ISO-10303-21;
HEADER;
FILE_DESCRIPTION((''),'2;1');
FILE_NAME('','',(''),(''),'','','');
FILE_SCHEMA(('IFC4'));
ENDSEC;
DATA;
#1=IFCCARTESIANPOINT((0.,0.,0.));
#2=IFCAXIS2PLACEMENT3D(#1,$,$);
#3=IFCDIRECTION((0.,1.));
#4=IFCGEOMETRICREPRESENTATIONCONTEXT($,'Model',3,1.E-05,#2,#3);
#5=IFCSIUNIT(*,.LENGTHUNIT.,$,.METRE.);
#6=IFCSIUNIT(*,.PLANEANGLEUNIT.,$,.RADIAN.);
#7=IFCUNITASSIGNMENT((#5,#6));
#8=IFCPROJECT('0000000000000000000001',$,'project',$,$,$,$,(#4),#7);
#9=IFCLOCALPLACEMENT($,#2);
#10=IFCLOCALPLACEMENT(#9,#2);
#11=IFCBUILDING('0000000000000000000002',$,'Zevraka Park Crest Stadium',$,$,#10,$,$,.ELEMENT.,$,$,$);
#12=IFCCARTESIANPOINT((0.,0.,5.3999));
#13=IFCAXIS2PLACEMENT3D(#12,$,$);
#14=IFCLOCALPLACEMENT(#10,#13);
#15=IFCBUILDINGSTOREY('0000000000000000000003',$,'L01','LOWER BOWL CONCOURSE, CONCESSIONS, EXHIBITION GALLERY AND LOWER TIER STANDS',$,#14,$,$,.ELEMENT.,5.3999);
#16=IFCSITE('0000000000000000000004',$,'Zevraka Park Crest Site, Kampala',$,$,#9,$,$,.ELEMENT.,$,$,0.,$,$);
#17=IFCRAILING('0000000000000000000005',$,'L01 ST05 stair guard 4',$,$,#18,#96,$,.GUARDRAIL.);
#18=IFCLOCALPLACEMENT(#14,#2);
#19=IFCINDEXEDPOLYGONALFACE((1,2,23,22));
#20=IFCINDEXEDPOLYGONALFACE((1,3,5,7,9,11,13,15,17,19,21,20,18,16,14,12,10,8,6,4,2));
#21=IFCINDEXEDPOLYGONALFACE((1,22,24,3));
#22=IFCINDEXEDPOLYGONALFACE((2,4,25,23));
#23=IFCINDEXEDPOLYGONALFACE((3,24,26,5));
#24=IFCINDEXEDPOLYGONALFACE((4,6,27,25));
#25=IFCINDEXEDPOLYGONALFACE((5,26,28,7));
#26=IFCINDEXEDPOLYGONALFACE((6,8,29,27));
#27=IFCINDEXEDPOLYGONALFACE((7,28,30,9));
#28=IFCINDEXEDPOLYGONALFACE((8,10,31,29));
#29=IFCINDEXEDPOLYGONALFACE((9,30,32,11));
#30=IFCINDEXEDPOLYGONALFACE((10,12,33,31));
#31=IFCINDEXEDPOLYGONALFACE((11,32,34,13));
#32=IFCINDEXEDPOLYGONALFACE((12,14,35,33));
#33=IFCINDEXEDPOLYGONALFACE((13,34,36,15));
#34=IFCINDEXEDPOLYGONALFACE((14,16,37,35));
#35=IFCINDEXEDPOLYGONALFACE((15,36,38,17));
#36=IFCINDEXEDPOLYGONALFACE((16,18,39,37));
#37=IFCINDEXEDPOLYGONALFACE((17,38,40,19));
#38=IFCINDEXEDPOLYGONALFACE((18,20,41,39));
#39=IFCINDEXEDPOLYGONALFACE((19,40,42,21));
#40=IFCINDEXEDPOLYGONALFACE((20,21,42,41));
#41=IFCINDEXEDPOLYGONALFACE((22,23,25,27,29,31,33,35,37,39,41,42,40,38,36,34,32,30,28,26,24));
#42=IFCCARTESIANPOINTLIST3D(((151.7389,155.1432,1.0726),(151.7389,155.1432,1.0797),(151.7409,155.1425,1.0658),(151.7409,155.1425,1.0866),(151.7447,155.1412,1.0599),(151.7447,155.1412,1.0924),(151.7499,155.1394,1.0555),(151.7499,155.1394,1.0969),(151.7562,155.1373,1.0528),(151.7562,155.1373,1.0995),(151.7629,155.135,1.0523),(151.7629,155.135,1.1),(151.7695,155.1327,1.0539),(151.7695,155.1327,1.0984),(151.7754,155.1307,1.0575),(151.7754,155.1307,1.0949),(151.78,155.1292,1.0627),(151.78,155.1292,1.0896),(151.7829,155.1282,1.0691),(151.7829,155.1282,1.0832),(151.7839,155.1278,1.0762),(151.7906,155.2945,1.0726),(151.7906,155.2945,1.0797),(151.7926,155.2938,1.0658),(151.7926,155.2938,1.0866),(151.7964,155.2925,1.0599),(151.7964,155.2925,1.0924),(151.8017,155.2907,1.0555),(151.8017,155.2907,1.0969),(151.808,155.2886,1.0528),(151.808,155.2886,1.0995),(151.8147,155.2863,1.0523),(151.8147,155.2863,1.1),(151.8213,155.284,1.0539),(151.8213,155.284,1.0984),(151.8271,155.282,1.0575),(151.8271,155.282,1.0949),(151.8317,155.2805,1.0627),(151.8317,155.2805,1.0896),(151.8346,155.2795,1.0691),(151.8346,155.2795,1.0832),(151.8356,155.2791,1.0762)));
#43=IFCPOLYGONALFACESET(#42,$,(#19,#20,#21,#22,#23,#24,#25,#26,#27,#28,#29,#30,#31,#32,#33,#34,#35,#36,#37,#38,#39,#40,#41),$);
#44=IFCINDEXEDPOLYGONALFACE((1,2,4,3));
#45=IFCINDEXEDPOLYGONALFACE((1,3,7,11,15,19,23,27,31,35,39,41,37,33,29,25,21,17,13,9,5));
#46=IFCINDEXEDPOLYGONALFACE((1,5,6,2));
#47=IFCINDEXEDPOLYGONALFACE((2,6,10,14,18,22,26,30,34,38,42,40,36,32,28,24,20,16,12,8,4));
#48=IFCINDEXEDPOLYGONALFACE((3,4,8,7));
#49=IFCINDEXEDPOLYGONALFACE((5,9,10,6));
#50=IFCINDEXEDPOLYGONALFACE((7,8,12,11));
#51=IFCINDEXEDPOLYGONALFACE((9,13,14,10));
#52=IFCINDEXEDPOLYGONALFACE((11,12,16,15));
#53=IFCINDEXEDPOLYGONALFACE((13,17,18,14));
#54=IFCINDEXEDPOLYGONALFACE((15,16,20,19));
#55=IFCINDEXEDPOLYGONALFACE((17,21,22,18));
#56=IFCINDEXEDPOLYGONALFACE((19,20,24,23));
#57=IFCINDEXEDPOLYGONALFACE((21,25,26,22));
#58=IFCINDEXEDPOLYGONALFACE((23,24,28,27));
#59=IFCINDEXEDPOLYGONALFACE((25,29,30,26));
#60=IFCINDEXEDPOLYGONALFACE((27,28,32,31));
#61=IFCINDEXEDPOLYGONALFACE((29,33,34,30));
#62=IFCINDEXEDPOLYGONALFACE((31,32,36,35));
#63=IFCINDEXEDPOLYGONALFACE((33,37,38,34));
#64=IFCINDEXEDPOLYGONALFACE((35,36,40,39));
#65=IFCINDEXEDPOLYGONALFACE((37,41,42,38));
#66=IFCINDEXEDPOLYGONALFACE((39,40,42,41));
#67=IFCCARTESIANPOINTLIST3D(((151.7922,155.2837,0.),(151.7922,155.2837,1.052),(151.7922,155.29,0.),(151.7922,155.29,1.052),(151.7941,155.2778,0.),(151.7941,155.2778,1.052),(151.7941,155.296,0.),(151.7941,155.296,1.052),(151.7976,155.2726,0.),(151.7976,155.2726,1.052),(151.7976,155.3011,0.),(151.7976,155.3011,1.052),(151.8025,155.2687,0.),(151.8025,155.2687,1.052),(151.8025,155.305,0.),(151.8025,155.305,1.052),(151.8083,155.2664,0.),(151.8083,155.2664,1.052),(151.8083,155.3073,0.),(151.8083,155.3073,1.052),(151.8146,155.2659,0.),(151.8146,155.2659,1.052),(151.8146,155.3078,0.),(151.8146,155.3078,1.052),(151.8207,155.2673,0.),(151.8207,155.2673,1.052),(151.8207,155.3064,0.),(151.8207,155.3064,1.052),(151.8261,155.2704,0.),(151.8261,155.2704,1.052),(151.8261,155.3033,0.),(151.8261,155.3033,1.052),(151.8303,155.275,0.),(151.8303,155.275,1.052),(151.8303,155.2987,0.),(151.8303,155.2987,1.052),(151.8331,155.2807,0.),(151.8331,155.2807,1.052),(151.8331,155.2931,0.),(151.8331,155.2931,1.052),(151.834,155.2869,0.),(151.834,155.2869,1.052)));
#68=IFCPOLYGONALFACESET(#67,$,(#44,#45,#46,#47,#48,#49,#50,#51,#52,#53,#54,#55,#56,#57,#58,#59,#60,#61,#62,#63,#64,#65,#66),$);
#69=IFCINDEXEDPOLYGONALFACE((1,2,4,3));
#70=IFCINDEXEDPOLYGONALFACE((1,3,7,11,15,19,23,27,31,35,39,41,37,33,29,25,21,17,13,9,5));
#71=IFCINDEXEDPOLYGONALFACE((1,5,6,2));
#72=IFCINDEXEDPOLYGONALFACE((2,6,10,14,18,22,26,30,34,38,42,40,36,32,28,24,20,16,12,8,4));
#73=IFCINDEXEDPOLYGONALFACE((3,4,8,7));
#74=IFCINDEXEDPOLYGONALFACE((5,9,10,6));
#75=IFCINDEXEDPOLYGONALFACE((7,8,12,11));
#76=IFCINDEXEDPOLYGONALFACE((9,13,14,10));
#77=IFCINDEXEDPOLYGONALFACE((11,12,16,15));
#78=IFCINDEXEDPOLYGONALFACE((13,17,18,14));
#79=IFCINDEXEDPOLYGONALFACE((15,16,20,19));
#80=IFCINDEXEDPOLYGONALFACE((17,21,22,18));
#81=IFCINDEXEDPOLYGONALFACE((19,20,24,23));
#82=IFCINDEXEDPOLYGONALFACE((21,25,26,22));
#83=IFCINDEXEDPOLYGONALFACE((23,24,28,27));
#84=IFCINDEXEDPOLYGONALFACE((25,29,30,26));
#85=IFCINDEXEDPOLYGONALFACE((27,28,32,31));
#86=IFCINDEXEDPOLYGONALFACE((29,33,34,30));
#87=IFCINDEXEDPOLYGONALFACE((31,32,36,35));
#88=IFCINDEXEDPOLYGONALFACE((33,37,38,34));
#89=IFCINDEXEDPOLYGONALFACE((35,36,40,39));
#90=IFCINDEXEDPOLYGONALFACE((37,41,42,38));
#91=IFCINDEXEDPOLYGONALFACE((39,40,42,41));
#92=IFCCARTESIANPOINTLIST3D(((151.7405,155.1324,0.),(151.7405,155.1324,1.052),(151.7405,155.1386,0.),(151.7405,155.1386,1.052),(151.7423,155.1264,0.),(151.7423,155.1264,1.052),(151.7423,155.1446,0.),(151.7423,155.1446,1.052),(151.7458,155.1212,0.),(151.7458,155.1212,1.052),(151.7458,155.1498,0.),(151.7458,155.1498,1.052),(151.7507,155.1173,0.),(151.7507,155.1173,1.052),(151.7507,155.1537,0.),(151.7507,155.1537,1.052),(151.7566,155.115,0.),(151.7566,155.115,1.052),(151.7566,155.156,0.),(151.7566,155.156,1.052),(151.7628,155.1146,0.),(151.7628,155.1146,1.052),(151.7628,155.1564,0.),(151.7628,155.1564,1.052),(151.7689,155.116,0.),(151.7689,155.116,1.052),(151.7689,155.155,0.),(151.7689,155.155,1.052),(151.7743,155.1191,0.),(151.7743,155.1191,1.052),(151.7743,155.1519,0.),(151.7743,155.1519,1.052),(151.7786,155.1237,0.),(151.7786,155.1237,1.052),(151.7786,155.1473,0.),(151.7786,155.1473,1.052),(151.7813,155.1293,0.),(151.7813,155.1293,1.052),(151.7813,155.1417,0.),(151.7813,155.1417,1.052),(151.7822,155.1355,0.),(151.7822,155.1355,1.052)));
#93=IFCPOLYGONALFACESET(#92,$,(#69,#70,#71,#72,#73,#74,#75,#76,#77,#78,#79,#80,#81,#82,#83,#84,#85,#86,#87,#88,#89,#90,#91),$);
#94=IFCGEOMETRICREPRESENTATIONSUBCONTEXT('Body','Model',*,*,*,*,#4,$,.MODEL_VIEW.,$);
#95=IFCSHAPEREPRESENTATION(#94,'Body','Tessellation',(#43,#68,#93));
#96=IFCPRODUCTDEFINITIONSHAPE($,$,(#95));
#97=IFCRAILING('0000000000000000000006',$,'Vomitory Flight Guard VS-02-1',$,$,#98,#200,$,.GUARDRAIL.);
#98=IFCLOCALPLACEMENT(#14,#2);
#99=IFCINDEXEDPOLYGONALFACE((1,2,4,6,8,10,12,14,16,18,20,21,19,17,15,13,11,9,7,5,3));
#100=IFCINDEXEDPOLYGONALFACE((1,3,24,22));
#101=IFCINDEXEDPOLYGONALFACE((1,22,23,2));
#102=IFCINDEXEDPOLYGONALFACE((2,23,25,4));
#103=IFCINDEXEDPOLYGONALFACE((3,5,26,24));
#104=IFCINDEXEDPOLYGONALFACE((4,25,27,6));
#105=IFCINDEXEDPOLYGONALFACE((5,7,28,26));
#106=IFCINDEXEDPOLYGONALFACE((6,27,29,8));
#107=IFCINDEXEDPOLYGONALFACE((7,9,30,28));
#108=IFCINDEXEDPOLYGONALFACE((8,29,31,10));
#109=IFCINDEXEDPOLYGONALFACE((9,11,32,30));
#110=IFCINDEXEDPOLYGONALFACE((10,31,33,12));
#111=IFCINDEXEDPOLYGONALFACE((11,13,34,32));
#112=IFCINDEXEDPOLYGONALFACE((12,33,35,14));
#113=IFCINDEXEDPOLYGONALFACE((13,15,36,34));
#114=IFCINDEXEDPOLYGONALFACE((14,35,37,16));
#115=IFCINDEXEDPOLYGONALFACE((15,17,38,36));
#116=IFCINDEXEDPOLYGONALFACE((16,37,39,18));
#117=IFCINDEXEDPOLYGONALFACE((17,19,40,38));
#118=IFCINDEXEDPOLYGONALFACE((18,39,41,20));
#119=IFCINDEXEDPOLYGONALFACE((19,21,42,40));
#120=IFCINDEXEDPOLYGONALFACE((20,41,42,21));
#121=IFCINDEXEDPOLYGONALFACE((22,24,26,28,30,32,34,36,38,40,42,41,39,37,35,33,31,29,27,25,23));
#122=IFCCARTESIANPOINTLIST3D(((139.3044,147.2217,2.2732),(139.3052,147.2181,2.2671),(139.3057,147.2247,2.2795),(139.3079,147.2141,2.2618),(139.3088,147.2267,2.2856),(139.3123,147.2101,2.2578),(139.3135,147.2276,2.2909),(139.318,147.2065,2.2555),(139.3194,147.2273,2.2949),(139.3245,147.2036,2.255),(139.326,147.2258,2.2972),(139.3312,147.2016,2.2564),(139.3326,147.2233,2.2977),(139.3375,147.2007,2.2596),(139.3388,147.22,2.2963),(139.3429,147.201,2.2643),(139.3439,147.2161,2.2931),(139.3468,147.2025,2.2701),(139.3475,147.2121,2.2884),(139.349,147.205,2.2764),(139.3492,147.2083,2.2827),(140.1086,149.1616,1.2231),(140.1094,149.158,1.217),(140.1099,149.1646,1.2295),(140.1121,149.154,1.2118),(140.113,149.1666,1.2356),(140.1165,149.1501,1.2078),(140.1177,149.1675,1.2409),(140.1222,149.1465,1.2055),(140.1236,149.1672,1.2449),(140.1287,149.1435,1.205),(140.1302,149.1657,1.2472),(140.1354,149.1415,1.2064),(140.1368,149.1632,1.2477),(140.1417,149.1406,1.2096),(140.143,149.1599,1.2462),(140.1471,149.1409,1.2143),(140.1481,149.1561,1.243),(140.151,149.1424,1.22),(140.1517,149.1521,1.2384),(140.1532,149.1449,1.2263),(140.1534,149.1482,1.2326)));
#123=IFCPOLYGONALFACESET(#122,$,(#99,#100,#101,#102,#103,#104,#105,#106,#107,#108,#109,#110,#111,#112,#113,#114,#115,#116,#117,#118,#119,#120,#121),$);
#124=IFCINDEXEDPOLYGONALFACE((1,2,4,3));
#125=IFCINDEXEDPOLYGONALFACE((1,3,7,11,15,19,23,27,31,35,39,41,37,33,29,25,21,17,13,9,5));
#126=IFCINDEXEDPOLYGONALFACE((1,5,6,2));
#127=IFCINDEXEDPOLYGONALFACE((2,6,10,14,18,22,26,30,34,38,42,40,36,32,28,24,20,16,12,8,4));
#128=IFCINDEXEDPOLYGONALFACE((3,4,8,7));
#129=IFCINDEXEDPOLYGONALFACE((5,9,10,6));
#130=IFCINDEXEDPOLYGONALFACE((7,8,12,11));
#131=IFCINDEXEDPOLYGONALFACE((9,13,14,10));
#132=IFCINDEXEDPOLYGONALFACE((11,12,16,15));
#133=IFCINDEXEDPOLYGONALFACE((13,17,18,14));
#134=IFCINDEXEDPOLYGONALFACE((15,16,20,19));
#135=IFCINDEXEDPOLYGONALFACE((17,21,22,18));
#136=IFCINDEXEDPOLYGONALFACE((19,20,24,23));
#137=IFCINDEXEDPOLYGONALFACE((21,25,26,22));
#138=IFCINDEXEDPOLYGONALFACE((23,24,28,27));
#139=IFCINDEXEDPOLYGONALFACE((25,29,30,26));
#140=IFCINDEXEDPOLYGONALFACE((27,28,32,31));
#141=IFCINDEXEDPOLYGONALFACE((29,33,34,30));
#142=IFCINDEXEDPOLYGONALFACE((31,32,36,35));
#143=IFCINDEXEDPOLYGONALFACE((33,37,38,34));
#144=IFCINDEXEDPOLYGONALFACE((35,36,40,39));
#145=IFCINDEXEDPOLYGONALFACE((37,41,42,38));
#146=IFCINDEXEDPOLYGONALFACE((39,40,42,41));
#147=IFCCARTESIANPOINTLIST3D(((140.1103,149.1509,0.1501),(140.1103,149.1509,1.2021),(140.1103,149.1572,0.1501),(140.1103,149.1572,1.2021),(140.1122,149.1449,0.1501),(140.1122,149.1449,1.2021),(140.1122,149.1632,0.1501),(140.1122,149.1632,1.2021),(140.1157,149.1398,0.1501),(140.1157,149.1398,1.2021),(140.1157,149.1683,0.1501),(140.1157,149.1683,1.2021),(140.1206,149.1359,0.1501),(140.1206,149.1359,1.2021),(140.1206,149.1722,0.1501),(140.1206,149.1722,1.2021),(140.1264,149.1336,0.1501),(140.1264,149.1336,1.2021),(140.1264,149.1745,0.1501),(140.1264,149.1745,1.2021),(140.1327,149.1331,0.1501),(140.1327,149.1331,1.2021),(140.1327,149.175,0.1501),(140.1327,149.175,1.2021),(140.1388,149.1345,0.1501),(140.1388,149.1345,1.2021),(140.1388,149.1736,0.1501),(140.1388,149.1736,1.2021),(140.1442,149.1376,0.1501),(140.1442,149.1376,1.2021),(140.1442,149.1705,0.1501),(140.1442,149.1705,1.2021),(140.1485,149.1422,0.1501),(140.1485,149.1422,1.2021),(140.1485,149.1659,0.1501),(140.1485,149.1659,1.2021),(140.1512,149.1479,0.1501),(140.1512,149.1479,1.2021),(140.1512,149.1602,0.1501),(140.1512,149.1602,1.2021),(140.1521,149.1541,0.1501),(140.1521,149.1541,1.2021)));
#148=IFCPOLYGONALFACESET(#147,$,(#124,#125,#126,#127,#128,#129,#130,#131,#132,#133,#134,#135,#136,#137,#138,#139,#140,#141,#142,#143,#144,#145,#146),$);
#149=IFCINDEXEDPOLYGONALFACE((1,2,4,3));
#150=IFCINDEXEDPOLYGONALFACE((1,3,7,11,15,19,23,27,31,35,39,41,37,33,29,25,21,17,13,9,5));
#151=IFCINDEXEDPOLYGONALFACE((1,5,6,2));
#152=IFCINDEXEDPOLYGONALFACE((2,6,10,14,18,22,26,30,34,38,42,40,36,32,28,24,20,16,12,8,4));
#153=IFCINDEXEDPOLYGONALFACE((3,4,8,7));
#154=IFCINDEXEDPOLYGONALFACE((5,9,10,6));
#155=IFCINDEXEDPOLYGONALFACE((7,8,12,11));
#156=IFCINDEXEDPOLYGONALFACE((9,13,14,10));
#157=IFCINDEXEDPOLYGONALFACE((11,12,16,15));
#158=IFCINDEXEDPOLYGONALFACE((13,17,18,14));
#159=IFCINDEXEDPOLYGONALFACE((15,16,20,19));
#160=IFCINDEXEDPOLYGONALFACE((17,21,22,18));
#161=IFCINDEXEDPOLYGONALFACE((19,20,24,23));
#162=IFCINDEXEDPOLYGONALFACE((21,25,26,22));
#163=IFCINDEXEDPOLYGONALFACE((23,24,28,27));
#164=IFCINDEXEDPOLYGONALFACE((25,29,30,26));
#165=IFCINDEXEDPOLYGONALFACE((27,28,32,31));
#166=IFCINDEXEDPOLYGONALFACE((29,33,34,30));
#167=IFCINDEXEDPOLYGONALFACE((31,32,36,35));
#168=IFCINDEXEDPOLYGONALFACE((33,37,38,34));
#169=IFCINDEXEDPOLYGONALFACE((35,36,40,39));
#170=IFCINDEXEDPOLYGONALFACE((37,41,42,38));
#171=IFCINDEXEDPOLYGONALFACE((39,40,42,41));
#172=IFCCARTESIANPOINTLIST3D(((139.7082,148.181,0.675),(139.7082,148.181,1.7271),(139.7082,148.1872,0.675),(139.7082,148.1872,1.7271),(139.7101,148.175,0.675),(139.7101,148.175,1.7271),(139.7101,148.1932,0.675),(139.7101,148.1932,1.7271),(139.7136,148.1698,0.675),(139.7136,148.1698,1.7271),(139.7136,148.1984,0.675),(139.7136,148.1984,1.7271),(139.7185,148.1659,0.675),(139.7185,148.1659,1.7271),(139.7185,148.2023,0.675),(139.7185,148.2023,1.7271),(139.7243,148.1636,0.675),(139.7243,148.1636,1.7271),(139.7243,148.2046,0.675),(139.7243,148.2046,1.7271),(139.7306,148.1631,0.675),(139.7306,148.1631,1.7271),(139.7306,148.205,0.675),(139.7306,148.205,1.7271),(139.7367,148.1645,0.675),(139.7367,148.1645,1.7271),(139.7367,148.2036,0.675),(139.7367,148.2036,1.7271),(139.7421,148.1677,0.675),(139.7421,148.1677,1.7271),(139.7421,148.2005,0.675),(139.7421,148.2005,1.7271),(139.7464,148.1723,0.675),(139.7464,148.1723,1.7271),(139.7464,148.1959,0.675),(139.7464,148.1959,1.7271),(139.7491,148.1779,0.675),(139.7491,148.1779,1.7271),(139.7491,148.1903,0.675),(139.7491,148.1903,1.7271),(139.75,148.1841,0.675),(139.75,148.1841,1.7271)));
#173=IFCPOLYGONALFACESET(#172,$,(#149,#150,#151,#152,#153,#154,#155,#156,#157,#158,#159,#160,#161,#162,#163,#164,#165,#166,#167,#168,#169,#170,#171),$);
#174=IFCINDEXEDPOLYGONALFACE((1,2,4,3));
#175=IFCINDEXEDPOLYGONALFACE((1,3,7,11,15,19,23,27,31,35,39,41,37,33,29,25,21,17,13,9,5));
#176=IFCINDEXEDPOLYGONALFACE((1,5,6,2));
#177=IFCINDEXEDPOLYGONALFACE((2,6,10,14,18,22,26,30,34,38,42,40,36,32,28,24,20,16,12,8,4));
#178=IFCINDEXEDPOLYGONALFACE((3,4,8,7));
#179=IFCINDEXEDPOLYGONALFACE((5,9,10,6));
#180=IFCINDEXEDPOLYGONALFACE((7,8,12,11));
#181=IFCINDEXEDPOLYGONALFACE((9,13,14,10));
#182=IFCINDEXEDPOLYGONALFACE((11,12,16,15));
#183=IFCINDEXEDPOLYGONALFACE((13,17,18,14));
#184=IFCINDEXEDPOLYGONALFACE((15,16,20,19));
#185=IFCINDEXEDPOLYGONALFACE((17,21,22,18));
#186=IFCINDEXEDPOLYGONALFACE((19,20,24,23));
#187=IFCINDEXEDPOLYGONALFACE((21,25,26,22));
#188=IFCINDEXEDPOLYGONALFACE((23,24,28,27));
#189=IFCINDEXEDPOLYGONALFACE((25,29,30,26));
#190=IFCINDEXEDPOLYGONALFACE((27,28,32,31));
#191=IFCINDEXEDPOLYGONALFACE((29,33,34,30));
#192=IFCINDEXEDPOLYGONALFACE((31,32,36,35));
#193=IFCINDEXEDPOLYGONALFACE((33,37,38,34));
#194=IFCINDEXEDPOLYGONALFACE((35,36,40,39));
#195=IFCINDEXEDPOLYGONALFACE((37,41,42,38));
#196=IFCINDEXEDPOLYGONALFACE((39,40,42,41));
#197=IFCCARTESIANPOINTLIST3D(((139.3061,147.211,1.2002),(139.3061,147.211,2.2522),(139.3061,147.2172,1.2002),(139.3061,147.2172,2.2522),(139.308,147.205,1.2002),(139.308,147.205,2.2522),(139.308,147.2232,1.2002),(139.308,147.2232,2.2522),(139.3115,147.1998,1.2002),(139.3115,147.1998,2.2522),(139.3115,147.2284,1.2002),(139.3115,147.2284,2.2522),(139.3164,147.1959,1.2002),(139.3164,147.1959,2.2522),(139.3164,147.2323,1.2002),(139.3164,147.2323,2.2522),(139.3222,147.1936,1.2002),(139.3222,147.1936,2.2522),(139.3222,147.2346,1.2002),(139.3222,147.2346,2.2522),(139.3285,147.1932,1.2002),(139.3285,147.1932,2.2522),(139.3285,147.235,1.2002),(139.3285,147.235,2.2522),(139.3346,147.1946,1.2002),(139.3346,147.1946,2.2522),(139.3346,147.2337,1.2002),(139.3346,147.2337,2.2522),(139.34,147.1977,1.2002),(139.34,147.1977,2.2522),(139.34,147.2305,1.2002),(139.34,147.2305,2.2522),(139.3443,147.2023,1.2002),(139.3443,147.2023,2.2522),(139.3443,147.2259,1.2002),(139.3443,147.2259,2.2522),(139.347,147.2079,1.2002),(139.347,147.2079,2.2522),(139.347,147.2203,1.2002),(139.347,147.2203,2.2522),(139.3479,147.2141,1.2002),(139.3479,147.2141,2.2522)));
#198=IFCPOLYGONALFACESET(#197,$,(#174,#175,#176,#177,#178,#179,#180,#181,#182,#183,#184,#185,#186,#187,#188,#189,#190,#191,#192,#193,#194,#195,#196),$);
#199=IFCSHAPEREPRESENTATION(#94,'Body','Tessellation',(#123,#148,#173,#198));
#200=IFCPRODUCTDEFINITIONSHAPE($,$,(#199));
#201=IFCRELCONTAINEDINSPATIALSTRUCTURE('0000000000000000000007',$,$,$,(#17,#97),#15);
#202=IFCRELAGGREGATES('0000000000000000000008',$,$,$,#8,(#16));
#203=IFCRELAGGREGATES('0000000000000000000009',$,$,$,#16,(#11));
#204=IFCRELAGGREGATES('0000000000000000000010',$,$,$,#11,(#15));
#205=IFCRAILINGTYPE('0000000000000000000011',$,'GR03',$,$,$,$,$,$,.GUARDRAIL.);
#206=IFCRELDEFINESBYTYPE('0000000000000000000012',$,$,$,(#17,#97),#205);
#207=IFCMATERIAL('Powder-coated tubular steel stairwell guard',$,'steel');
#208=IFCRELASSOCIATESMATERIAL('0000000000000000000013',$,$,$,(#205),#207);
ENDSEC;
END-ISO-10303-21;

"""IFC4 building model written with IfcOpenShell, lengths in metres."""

from ifc_helpers import new_model, si_unit, direction, frame, origin, origin_2d, place, context, subcontext, project, spatial, circle, extrude, material, type_object, element, save


model = new_model("IFC4")

# Units and contexts
model_context = context("Model", 3, precision=1e-05, world=origin(), true_north=direction((0.0, 1.0)))
body_context = subcontext(model_context, "Body", "Model", "MODEL_VIEW")
ifc_project = project(units=[si_unit("LENGTHUNIT", "METRE"), si_unit("PLANEANGLEUNIT", "RADIAN")], contexts=[model_context])

# Site, building, storey
site_placement = place(None, origin())
site = spatial("IfcSite", under=ifc_project, at=site_placement, Name="Zevraka Park Crest Site, Kampala", CompositionType="ELEMENT", RefElevation=0.0)
building_placement = place(site_placement, origin())
building = spatial("IfcBuilding", under=site, at=building_placement, Name="Zevraka Park Crest Stadium", CompositionType="ELEMENT")
storey_placement = place(building_placement, frame((0.0, 0.0, 5.3999)))
storey = spatial("IfcBuildingStorey", under=building, at=storey_placement, Name="L01", Description="LOWER BOWL CONCOURSE, CONCESSIONS, EXHIBITION GALLERY AND LOWER TIER STANDS", CompositionType="ELEMENT", Elevation=5.3999)

# Railings
ifc_material_1 = material(Name="Powder-coated tubular steel stairwell guard", Category="steel")
railing_type_1 = type_object("IfcRailingType", Name="GR03", PredefinedType="GUARDRAIL", material=ifc_material_1)
railing_1_placement = place(storey_placement, frame((151.813, 155.2869, 0.0)))
element("IfcRailing", 1, at=railing_1_placement, inside=storey, type_object=railing_type_1, Name="L01 ST05 stair guard 4", PredefinedType="GUARDRAIL", context=body_context, shape_type="SweptSolid", body=[
    extrude(circle(Radius=0.0239, at=origin_2d()), frame((0.0, 0.0, 1.0762), z_axis=(-0.323544, -0.946213, 0.0), x_axis=(0.946213, -0.323544, 0.0)), (0.0, 0.0, 1.0), 0.1599),
    extrude(circle(Radius=0.021, at=origin_2d()), origin(), (0.0, 0.0, 1.0), 1.052),
    extrude(circle(Radius=0.021, at=origin_2d()), frame((-0.0518, -0.1514, 0.0)), (0.0, 0.0, 1.0), 1.052),
])
railing_2_placement = place(storey_placement, frame((140.1311, 149.1541, 0.1501)))
element("IfcRailing", 2, at=railing_2_placement, inside=storey, type_object=railing_type_1, Name="Vomitory Flight Guard VS-02-1", PredefinedType="GUARDRAIL", context=body_context, shape_type="SweptSolid", body=[
    extrude(circle(Radius=0.0239, at=origin_2d()), frame((0.0, 0.0, 1.0762), z_axis=(-0.342516, -0.82624, 0.447226), x_axis=(0.92377, -0.382947, 0.0)), (0.0, 0.0, 1.0), 2.3479),
    extrude(circle(Radius=0.021, at=origin_2d()), origin(), (0.0, 0.0, 1.0), 1.052),
    extrude(circle(Radius=0.021, at=origin_2d()), frame((-0.4021, -0.97, 0.5249)), (0.0, 0.0, 1.0), 1.052),
    extrude(circle(Radius=0.021, at=origin_2d()), frame((-0.8042, -1.9399, 1.05)), (0.0, 0.0, 1.0), 1.052),
])

save(model, "model.ifc")
